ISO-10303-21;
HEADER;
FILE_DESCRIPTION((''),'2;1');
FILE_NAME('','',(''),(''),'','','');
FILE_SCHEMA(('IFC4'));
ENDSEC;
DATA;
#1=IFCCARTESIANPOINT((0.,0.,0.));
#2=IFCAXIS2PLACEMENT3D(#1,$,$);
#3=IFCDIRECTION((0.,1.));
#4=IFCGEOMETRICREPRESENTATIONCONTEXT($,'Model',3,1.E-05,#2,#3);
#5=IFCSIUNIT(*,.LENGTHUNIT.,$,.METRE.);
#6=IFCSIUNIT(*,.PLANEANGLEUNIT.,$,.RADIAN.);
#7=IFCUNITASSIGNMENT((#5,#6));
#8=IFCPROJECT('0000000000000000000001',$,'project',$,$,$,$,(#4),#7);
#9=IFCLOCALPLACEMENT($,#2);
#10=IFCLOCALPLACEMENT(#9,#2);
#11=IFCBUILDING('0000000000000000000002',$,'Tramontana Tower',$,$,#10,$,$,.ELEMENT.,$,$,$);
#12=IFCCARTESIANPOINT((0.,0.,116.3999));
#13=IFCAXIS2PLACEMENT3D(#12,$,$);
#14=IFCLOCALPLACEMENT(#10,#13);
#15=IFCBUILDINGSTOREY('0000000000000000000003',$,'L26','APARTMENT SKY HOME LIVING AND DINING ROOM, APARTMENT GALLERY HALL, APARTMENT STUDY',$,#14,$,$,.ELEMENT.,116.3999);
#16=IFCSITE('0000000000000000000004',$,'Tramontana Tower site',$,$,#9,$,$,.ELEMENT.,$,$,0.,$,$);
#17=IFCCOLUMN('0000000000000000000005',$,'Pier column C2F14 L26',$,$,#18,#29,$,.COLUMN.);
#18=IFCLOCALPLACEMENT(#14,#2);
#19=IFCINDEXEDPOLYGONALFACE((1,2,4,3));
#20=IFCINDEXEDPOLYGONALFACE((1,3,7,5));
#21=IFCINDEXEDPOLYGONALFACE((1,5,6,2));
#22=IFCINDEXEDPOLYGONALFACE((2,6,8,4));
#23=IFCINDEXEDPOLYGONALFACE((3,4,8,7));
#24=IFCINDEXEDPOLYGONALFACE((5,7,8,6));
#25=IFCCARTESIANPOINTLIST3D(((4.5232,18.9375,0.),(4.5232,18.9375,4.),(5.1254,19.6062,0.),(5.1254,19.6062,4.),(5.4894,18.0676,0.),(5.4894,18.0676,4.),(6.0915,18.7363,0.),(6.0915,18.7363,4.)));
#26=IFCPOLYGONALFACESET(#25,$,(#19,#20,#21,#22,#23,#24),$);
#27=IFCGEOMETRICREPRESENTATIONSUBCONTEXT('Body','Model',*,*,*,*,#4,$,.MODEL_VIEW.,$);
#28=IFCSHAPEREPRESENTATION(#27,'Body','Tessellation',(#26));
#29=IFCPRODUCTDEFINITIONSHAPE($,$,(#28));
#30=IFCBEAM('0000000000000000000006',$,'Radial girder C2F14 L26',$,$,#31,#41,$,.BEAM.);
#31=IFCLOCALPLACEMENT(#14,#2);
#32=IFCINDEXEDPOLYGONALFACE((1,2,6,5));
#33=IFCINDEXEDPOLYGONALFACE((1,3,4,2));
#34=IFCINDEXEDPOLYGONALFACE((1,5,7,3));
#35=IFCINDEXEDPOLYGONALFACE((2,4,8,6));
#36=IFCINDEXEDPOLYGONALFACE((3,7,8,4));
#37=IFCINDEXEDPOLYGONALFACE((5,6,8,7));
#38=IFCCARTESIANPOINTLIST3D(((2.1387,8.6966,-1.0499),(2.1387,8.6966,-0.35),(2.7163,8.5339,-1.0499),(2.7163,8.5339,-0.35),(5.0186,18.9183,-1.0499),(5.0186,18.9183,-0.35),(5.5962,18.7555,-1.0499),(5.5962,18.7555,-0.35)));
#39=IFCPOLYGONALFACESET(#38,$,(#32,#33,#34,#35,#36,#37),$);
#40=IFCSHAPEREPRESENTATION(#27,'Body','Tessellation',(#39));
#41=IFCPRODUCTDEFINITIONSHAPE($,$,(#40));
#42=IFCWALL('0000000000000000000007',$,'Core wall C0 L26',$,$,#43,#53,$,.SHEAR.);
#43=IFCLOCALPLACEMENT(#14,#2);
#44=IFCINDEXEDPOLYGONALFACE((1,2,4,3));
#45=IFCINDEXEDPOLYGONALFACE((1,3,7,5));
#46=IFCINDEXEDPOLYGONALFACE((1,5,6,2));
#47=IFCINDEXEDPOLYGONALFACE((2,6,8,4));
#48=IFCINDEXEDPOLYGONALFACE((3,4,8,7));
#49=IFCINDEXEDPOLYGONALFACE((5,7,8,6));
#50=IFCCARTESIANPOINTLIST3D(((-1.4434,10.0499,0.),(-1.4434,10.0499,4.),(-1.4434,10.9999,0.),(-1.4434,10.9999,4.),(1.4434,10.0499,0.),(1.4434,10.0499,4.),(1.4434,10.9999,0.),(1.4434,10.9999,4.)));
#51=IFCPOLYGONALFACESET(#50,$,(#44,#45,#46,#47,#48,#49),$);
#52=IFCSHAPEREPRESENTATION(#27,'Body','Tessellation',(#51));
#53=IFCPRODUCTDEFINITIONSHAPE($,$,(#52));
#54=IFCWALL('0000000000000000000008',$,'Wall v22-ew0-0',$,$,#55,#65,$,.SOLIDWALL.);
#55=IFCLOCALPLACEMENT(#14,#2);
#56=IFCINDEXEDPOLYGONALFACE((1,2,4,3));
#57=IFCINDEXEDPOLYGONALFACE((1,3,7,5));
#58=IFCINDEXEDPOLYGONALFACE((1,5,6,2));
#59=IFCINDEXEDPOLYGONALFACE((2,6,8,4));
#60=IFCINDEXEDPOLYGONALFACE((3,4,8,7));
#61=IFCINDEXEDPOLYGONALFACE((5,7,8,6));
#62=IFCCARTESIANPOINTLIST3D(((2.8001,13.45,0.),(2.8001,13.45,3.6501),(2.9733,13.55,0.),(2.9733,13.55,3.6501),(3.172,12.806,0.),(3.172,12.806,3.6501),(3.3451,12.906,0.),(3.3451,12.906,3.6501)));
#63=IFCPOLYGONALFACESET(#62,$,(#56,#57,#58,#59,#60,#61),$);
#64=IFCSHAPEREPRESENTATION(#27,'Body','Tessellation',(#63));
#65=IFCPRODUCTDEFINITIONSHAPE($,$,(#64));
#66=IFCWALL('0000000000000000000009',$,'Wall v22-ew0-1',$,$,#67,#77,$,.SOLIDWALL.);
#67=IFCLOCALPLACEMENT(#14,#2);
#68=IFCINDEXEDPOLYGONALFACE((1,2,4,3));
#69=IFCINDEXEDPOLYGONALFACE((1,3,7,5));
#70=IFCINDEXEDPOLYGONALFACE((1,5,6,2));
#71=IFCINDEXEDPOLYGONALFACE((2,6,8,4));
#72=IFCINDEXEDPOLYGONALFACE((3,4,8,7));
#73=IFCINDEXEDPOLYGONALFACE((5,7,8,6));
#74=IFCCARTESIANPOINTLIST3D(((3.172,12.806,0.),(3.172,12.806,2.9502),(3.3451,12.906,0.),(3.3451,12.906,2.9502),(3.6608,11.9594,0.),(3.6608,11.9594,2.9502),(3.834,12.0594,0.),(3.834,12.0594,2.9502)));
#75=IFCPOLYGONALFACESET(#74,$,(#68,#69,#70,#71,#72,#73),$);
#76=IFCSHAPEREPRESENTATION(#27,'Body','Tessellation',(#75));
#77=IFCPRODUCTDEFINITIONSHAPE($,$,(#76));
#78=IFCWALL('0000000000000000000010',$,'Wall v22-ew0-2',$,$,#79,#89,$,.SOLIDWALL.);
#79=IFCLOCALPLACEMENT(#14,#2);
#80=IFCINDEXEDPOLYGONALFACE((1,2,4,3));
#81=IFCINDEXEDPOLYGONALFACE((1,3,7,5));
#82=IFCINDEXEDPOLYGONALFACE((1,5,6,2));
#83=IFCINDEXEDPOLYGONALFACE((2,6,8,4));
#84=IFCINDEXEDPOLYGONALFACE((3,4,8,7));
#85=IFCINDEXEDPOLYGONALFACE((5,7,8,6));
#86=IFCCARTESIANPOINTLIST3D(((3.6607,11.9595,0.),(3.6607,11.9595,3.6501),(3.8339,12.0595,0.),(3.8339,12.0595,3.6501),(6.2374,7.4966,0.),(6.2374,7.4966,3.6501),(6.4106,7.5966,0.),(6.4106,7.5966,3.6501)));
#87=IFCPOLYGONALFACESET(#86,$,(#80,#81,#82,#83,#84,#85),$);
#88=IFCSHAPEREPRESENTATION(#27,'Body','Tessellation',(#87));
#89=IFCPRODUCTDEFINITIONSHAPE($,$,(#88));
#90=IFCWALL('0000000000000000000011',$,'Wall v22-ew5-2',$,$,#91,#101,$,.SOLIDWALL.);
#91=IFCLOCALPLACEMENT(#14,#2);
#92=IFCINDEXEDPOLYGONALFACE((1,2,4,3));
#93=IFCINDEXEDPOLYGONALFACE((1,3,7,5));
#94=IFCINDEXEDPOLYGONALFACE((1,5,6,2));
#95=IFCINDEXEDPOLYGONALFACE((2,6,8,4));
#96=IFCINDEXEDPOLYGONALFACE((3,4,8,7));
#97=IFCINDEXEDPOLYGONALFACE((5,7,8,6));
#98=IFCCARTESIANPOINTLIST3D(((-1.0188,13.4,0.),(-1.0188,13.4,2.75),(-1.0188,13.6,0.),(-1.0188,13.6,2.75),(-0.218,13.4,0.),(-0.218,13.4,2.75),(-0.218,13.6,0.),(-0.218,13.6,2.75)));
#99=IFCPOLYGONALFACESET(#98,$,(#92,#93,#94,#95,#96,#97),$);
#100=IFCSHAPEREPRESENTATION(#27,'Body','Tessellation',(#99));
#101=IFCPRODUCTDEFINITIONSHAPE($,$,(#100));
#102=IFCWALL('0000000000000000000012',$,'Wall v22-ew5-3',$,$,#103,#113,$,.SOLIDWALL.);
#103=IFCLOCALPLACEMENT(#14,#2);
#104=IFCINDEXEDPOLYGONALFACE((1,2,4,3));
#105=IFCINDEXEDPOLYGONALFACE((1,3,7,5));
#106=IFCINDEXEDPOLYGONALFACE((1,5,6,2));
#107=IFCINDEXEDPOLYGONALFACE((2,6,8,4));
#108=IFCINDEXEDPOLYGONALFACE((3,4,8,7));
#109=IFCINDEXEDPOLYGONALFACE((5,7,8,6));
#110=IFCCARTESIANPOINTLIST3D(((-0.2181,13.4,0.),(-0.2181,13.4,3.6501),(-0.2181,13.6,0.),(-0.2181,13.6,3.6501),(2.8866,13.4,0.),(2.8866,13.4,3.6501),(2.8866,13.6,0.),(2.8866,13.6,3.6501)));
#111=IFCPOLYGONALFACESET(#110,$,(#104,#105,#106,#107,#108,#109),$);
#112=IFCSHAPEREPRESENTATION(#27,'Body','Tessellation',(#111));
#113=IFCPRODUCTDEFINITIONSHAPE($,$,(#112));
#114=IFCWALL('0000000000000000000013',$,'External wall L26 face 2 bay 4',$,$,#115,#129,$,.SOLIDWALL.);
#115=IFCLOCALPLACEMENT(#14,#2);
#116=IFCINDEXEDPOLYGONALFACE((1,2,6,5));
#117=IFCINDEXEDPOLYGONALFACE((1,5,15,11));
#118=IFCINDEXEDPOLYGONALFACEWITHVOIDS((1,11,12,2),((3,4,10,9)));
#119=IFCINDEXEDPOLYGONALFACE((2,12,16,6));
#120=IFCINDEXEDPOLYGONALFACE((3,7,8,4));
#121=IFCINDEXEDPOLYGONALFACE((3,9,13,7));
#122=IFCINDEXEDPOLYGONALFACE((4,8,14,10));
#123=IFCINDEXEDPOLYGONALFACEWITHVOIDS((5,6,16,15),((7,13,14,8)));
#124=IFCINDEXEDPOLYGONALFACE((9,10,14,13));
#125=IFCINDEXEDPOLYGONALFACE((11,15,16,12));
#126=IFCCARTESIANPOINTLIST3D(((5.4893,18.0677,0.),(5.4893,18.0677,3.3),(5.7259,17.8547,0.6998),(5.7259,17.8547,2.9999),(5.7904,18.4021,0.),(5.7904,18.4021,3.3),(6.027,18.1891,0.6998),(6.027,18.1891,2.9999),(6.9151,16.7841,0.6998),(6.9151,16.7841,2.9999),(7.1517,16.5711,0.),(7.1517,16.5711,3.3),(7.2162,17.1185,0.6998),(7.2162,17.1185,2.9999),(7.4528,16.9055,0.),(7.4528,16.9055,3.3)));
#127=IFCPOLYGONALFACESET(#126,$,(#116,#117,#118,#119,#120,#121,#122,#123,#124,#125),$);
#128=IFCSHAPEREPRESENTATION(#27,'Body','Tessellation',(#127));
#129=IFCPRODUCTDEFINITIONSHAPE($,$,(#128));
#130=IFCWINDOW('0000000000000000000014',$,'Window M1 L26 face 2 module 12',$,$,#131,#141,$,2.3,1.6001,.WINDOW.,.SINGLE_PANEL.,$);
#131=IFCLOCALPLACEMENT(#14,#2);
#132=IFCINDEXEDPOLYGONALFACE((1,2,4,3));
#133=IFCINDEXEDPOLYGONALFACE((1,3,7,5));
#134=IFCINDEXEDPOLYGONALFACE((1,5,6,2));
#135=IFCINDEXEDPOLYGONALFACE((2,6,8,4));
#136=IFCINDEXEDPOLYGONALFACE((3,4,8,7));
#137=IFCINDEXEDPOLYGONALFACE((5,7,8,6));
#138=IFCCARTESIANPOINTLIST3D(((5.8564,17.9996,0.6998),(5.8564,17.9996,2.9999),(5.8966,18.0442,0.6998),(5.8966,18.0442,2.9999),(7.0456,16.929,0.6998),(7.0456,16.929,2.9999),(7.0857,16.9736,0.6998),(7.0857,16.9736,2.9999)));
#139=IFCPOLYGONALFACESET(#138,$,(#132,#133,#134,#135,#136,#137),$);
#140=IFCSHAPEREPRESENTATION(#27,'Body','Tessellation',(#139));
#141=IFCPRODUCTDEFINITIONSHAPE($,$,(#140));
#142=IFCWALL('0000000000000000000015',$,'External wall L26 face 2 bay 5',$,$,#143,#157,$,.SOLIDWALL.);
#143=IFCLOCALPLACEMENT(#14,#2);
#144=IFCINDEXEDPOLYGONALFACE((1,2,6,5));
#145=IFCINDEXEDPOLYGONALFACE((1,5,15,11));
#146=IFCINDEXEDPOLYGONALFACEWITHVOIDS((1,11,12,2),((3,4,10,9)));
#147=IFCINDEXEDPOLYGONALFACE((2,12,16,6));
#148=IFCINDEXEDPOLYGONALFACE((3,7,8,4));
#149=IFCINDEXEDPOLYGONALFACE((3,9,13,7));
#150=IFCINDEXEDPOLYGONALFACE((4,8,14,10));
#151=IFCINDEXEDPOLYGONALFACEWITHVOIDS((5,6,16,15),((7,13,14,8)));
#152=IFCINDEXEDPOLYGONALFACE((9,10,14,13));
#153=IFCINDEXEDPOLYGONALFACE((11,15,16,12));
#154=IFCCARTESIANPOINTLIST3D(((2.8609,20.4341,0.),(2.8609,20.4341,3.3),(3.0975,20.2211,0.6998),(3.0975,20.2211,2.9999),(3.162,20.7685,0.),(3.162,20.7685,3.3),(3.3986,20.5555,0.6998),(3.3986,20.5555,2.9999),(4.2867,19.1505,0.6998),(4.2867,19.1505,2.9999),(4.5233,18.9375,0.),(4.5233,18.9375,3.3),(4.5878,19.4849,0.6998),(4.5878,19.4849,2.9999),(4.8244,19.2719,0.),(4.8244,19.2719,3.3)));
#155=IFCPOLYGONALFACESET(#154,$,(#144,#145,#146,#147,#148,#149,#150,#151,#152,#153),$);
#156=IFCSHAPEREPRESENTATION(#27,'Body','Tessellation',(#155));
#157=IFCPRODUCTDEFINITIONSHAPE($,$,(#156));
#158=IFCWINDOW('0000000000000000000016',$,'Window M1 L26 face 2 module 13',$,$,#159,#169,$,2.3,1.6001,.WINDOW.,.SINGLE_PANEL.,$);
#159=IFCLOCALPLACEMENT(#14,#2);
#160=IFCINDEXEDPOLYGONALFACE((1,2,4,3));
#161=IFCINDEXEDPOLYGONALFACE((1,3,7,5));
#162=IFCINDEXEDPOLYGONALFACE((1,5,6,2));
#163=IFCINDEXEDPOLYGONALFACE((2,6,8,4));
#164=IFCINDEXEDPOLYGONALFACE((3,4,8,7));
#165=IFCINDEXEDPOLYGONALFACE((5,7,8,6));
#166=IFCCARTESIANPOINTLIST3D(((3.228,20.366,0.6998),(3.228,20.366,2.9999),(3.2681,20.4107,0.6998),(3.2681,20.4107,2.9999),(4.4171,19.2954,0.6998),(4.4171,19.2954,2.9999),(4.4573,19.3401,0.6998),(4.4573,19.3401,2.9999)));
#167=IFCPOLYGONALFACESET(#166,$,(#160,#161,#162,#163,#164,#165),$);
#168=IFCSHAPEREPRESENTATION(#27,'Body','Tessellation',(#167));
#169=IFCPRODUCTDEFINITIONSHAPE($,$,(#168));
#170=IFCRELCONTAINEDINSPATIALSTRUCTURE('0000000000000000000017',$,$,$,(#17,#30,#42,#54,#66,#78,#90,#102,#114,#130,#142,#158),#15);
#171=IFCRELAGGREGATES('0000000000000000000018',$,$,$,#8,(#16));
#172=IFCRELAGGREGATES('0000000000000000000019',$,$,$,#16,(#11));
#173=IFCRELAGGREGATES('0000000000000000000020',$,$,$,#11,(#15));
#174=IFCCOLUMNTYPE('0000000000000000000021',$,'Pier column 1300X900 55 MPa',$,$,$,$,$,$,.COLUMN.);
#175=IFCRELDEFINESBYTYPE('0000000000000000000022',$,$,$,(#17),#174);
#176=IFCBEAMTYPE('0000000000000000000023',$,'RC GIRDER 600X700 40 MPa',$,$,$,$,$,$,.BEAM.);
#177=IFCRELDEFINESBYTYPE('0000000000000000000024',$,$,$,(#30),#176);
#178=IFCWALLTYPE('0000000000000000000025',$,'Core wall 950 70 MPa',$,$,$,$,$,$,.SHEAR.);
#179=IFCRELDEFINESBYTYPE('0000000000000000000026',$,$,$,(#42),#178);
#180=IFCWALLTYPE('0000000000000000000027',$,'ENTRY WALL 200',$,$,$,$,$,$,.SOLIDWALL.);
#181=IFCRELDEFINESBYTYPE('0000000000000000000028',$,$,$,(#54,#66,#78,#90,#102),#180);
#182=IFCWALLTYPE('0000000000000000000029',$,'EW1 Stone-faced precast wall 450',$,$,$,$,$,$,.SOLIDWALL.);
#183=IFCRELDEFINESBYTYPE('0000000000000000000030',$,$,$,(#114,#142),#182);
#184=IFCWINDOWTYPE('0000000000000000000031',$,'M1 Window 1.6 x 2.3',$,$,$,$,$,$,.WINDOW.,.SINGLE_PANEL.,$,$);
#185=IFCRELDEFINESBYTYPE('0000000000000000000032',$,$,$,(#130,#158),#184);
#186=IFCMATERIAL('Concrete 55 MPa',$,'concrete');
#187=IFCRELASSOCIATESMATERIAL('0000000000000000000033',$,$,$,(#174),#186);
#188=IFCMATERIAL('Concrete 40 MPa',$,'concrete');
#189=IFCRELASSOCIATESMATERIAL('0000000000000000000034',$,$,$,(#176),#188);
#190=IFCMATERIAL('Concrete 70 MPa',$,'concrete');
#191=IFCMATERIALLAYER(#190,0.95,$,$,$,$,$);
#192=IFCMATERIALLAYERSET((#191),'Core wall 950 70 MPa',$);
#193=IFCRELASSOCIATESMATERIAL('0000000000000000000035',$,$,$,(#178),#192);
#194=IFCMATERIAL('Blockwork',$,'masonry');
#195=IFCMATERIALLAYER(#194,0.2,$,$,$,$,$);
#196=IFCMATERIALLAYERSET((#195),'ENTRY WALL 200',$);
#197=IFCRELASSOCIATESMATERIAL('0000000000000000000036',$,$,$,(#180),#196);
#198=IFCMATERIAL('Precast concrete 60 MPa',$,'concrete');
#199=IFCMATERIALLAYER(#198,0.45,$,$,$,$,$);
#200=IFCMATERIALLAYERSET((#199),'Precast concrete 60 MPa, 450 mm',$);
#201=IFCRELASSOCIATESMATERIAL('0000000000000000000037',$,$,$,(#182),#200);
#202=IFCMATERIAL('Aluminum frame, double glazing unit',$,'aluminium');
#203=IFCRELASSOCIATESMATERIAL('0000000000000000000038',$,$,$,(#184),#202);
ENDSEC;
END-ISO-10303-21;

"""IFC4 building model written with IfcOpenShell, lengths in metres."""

from ifc_helpers import new_model, si_unit, direction, frame, frame_2d, origin, origin_2d, place, context, subcontext, project, spatial, rectangle, extrude, material, layer, layer_set, material_profile, profile_set, type_object, element, fill, save


model = new_model("IFC4")

# Units and contexts
model_context = context("Model", 3, precision=1e-05, world=origin(), true_north=direction((0.0, 1.0)))
body_context = subcontext(model_context, "Body", "Model", "MODEL_VIEW")
ifc_project = project(units=[si_unit("LENGTHUNIT", "METRE"), si_unit("PLANEANGLEUNIT", "RADIAN")], contexts=[model_context])

# Site, building, storey
site_placement = place(None, origin())
site = spatial("IfcSite", under=ifc_project, at=site_placement, Name="Tramontana Tower site", CompositionType="ELEMENT", RefElevation=0.0)
building_placement = place(site_placement, origin())
building = spatial("IfcBuilding", under=site, at=building_placement, Name="Tramontana Tower", CompositionType="ELEMENT")
storey_placement = place(building_placement, frame((0.0, 0.0, 116.3999)))
storey = spatial("IfcBuildingStorey", under=building, at=storey_placement, Name="L26", Description="APARTMENT SKY HOME LIVING AND DINING ROOM, APARTMENT GALLERY HALL, APARTMENT STUDY", CompositionType="ELEMENT", Elevation=116.3999)

# Column
ifc_material_1 = material(Name="Concrete 55 MPa", Category="concrete")
ifc_material_profile_1 = material_profile(ifc_material_1, rectangle(XDim=1.3, YDim=0.8999, at=origin_2d()), Name="Pier column 1300X900 55 MPa")
ifc_profile_set_1 = profile_set([ifc_material_profile_1], Name="Concrete 55 MPa")
column_type = type_object("IfcColumnType", Name="Pier column 1300X900 55 MPa", PredefinedType="COLUMN", material=ifc_profile_set_1)
column_placement = place(storey_placement, frame((5.3074, 18.8369, 0.0), z_axis=(0.0, 0.0, 1.0), x_axis=(-0.743145, 0.669131, 0.0)))
element("IfcColumn", 1, at=column_placement, inside=storey, type_object=column_type, Name="Pier column C2F14 L26", PredefinedType="COLUMN", context=body_context, shape_type="SweptSolid", body=[
    extrude(rectangle(XDim=1.3, YDim=0.8999, at=origin_2d()), origin(), (0.0, 0.0, 1.0), 4.0),
])

# Beam
ifc_material_2 = material(Name="Concrete 40 MPa", Category="concrete")
ifc_material_profile_2 = material_profile(ifc_material_2, rectangle(XDim=0.6001, YDim=0.7, at=origin_2d()), Name="RC GIRDER 600X700 40 MPa")
ifc_profile_set_2 = profile_set([ifc_material_profile_2], Name="Concrete 40 MPa")
beam_type = type_object("IfcBeamType", Name="RC GIRDER 600X700 40 MPa", PredefinedType="BEAM", material=ifc_profile_set_2)
beam_placement = place(storey_placement, frame((5.3074, 18.8369, -0.7), z_axis=(-0.271185, -0.962527, 0.0), x_axis=(0.962527, -0.271185, 0.0)))
element("IfcBeam", 2, at=beam_placement, inside=storey, type_object=beam_type, Name="Radial girder C2F14 L26", PredefinedType="BEAM", context=body_context, shape_type="SweptSolid", body=[
    extrude(rectangle(XDim=0.6001, YDim=0.7, at=origin_2d()), origin(), (0.0, 0.0, 1.0), 10.6196),
])

# Walls
ifc_material_3 = material(Name="Concrete 70 MPa", Category="concrete")
ifc_layer_1 = layer(ifc_material_3, 0.95)
ifc_layer_set_1 = layer_set([ifc_layer_1], Name="Core wall 950 70 MPa")
wall_type_1 = type_object("IfcWallType", Name="Core wall 950 70 MPa", PredefinedType="SHEAR", material=ifc_layer_set_1)
wall_1_placement = place(storey_placement, frame((1.4434, 10.5249, 0.0), z_axis=(0.0, 0.0, 1.0), x_axis=(-1.0, 0.0, 0.0)))
element("IfcWall", 3, at=wall_1_placement, inside=storey, type_object=wall_type_1, Name="Core wall C0 L26", PredefinedType="SHEAR", context=body_context, shape_type="SweptSolid", body=[
    extrude(rectangle(XDim=2.8867, YDim=0.95, at=frame_2d((1.4434, 0.0))), origin(), (0.0, 0.0, 1.0), 4.0),
])
ifc_material_4 = material(Name="Blockwork", Category="masonry")
ifc_layer_2 = layer(ifc_material_4, 0.2)
ifc_layer_set_2 = layer_set([ifc_layer_2], Name="ENTRY WALL 200")
wall_type_2 = type_object("IfcWallType", Name="ENTRY WALL 200", PredefinedType="SOLIDWALL", material=ifc_layer_set_2)
wall_2_placement = place(storey_placement, frame((2.8867, 13.5, 0.0), z_axis=(0.0, 0.0, 1.0), x_axis=(0.499988, -0.866033, 0.0)))
element("IfcWall", 4, at=wall_2_placement, inside=storey, type_object=wall_type_2, Name="Wall v22-ew0-0", PredefinedType="SOLIDWALL", context=body_context, shape_type="SweptSolid", body=[
    extrude(rectangle(XDim=0.7437, YDim=0.2, at=frame_2d((0.3718, 0.0))), origin(), (0.0, 0.0, 1.0), 3.6501),
])
wall_3_placement = place(storey_placement, frame((3.2585, 12.856, 0.0), z_axis=(0.0, 0.0, 1.0), x_axis=(0.500061, -0.86599, 0.0)))
element("IfcWall", 5, at=wall_3_placement, inside=storey, type_object=wall_type_2, Name="Wall v22-ew0-1", PredefinedType="SOLIDWALL", context=body_context, shape_type="SweptSolid", body=[
    extrude(rectangle(XDim=0.9775, YDim=0.2, at=frame_2d((0.4888, 0.0))), origin(), (0.0, 0.0, 1.0), 2.9502),
])
wall_4_placement = place(storey_placement, frame((3.7473, 12.0095, 0.0), z_axis=(0.0, 0.0, 1.0), x_axis=(0.500001, -0.866025, 0.0)))
element("IfcWall", 6, at=wall_4_placement, inside=storey, type_object=wall_type_2, Name="Wall v22-ew0-2", PredefinedType="SOLIDWALL", context=body_context, shape_type="SweptSolid", body=[
    extrude(rectangle(XDim=5.1533, YDim=0.2, at=frame_2d((2.5767, 0.0))), origin(), (0.0, 0.0, 1.0), 3.6501),
])
wall_5_placement = place(storey_placement, frame((-1.0188, 13.5, 0.0), z_axis=(0.0, 0.0, 1.0), x_axis=(1.0, 0.0, 0.0)))
element("IfcWall", 7, at=wall_5_placement, inside=storey, type_object=wall_type_2, Name="Wall v22-ew5-2", PredefinedType="SOLIDWALL", context=body_context, shape_type="SweptSolid", body=[
    extrude(rectangle(XDim=0.8008, YDim=0.2, at=frame_2d((0.4004, 0.0))), origin(), (0.0, 0.0, 1.0), 2.75),
])
wall_6_placement = place(storey_placement, frame((-0.218, 13.5, 0.0), z_axis=(0.0, 0.0, 1.0), x_axis=(1.0, 0.0, 0.0)))
element("IfcWall", 8, at=wall_6_placement, inside=storey, type_object=wall_type_2, Name="Wall v22-ew5-3", PredefinedType="SOLIDWALL", context=body_context, shape_type="SweptSolid", body=[
    extrude(rectangle(XDim=3.1047, YDim=0.2, at=frame_2d((1.5522, 0.0))), origin(), (0.0, 0.0, 1.0), 3.6501),
])

# Walls, openings, windows
ifc_material_5 = material(Name="Precast concrete 60 MPa", Category="concrete")
ifc_layer_3 = layer(ifc_material_5, 0.45)
ifc_layer_set_3 = layer_set([ifc_layer_3], Name="Precast concrete 60 MPa, 450 mm")
wall_type_3 = type_object("IfcWallType", Name="EW1 Stone-faced precast wall 450", PredefinedType="SOLIDWALL", material=ifc_layer_set_3)
wall_7_placement = place(storey_placement, frame((7.3022, 16.7383, 0.0), z_axis=(0.0, 0.0, 1.0), x_axis=(-0.743191, 0.669079, 0.0)))
wall_7 = element("IfcWall", 9, at=wall_7_placement, inside=storey, type_object=wall_type_3, Name="External wall L26 face 2 bay 4", PredefinedType="SOLIDWALL", context=body_context, shape_type="SweptSolid", body=[
    extrude(rectangle(XDim=2.2368, YDim=0.45, at=frame_2d((1.1184, 0.0))), origin(), (0.0, 0.0, 1.0), 3.3),
])
opening_1_placement = place(wall_7_placement, frame((0.3184, 0.0, 0.7)))
opening_1 = element("IfcOpeningElement", 10, at=opening_1_placement, cuts=wall_7, PredefinedType="OPENING", context=body_context, shape_type="SweptSolid", body=[
    extrude(rectangle(XDim=1.6001, YDim=2.3, at=frame_2d((0.8, 1.1499))), frame((0.0, 0.2349, 0.0), z_axis=(0.0, -1.0, 0.0), x_axis=(1.0, 0.0, 0.0)), (0.0, 0.0, 1.0), 0.47),
])
ifc_material_6 = material(Name="Aluminum frame, double glazing unit", Category="aluminium")
window_type = type_object("IfcWindowType", Name="M1 Window 1.6 x 2.3", PartitioningType="SINGLE_PANEL", PredefinedType="WINDOW", material=ifc_material_6)
window_1_placement = place(opening_1_placement, origin())
window_1 = element("IfcWindow", 11, at=window_1_placement, inside=storey, type_object=window_type, Name="Window M1 L26 face 2 module 12", OverallHeight=2.3, OverallWidth=1.6001, PartitioningType="SINGLE_PANEL", PredefinedType="WINDOW", context=body_context, shape_type="SweptSolid", body=[
    extrude(rectangle(XDim=1.6001, YDim=2.3, at=frame_2d((0.8, 1.1499))), frame((0.0, 0.03, 0.0), z_axis=(0.0, -1.0, 0.0), x_axis=(1.0, 0.0, 0.0)), (0.0, 0.0, 1.0), 0.0601),
])
fill(opening_1, window_1)
wall_8_placement = place(storey_placement, frame((4.6738, 19.1047, 0.0), z_axis=(0.0, 0.0, 1.0), x_axis=(-0.743191, 0.669079, 0.0)))
wall_8 = element("IfcWall", 12, at=wall_8_placement, inside=storey, type_object=wall_type_3, Name="External wall L26 face 2 bay 5", PredefinedType="SOLIDWALL", context=body_context, shape_type="SweptSolid", body=[
    extrude(rectangle(XDim=2.2368, YDim=0.45, at=frame_2d((1.1184, 0.0))), origin(), (0.0, 0.0, 1.0), 3.3),
])
opening_2_placement = place(wall_8_placement, frame((0.3184, 0.0, 0.7)))
opening_2 = element("IfcOpeningElement", 13, at=opening_2_placement, cuts=wall_8, PredefinedType="OPENING", context=body_context, shape_type="SweptSolid", body=[
    extrude(rectangle(XDim=1.6001, YDim=2.3, at=frame_2d((0.8, 1.1499))), frame((0.0, 0.2349, 0.0), z_axis=(0.0, -1.0, 0.0), x_axis=(1.0, 0.0, 0.0)), (0.0, 0.0, 1.0), 0.47),
])
window_2_placement = place(opening_2_placement, origin())
window_2 = element("IfcWindow", 14, at=window_2_placement, inside=storey, type_object=window_type, Name="Window M1 L26 face 2 module 13", OverallHeight=2.3, OverallWidth=1.6001, PartitioningType="SINGLE_PANEL", PredefinedType="WINDOW", context=body_context, shape_type="SweptSolid", body=[
    extrude(rectangle(XDim=1.6001, YDim=2.3, at=frame_2d((0.8, 1.1499))), frame((0.0, 0.03, 0.0), z_axis=(0.0, -1.0, 0.0), x_axis=(1.0, 0.0, 0.0)), (0.0, 0.0, 1.0), 0.0601),
])
fill(opening_2, window_2)

save(model, "model.ifc")
